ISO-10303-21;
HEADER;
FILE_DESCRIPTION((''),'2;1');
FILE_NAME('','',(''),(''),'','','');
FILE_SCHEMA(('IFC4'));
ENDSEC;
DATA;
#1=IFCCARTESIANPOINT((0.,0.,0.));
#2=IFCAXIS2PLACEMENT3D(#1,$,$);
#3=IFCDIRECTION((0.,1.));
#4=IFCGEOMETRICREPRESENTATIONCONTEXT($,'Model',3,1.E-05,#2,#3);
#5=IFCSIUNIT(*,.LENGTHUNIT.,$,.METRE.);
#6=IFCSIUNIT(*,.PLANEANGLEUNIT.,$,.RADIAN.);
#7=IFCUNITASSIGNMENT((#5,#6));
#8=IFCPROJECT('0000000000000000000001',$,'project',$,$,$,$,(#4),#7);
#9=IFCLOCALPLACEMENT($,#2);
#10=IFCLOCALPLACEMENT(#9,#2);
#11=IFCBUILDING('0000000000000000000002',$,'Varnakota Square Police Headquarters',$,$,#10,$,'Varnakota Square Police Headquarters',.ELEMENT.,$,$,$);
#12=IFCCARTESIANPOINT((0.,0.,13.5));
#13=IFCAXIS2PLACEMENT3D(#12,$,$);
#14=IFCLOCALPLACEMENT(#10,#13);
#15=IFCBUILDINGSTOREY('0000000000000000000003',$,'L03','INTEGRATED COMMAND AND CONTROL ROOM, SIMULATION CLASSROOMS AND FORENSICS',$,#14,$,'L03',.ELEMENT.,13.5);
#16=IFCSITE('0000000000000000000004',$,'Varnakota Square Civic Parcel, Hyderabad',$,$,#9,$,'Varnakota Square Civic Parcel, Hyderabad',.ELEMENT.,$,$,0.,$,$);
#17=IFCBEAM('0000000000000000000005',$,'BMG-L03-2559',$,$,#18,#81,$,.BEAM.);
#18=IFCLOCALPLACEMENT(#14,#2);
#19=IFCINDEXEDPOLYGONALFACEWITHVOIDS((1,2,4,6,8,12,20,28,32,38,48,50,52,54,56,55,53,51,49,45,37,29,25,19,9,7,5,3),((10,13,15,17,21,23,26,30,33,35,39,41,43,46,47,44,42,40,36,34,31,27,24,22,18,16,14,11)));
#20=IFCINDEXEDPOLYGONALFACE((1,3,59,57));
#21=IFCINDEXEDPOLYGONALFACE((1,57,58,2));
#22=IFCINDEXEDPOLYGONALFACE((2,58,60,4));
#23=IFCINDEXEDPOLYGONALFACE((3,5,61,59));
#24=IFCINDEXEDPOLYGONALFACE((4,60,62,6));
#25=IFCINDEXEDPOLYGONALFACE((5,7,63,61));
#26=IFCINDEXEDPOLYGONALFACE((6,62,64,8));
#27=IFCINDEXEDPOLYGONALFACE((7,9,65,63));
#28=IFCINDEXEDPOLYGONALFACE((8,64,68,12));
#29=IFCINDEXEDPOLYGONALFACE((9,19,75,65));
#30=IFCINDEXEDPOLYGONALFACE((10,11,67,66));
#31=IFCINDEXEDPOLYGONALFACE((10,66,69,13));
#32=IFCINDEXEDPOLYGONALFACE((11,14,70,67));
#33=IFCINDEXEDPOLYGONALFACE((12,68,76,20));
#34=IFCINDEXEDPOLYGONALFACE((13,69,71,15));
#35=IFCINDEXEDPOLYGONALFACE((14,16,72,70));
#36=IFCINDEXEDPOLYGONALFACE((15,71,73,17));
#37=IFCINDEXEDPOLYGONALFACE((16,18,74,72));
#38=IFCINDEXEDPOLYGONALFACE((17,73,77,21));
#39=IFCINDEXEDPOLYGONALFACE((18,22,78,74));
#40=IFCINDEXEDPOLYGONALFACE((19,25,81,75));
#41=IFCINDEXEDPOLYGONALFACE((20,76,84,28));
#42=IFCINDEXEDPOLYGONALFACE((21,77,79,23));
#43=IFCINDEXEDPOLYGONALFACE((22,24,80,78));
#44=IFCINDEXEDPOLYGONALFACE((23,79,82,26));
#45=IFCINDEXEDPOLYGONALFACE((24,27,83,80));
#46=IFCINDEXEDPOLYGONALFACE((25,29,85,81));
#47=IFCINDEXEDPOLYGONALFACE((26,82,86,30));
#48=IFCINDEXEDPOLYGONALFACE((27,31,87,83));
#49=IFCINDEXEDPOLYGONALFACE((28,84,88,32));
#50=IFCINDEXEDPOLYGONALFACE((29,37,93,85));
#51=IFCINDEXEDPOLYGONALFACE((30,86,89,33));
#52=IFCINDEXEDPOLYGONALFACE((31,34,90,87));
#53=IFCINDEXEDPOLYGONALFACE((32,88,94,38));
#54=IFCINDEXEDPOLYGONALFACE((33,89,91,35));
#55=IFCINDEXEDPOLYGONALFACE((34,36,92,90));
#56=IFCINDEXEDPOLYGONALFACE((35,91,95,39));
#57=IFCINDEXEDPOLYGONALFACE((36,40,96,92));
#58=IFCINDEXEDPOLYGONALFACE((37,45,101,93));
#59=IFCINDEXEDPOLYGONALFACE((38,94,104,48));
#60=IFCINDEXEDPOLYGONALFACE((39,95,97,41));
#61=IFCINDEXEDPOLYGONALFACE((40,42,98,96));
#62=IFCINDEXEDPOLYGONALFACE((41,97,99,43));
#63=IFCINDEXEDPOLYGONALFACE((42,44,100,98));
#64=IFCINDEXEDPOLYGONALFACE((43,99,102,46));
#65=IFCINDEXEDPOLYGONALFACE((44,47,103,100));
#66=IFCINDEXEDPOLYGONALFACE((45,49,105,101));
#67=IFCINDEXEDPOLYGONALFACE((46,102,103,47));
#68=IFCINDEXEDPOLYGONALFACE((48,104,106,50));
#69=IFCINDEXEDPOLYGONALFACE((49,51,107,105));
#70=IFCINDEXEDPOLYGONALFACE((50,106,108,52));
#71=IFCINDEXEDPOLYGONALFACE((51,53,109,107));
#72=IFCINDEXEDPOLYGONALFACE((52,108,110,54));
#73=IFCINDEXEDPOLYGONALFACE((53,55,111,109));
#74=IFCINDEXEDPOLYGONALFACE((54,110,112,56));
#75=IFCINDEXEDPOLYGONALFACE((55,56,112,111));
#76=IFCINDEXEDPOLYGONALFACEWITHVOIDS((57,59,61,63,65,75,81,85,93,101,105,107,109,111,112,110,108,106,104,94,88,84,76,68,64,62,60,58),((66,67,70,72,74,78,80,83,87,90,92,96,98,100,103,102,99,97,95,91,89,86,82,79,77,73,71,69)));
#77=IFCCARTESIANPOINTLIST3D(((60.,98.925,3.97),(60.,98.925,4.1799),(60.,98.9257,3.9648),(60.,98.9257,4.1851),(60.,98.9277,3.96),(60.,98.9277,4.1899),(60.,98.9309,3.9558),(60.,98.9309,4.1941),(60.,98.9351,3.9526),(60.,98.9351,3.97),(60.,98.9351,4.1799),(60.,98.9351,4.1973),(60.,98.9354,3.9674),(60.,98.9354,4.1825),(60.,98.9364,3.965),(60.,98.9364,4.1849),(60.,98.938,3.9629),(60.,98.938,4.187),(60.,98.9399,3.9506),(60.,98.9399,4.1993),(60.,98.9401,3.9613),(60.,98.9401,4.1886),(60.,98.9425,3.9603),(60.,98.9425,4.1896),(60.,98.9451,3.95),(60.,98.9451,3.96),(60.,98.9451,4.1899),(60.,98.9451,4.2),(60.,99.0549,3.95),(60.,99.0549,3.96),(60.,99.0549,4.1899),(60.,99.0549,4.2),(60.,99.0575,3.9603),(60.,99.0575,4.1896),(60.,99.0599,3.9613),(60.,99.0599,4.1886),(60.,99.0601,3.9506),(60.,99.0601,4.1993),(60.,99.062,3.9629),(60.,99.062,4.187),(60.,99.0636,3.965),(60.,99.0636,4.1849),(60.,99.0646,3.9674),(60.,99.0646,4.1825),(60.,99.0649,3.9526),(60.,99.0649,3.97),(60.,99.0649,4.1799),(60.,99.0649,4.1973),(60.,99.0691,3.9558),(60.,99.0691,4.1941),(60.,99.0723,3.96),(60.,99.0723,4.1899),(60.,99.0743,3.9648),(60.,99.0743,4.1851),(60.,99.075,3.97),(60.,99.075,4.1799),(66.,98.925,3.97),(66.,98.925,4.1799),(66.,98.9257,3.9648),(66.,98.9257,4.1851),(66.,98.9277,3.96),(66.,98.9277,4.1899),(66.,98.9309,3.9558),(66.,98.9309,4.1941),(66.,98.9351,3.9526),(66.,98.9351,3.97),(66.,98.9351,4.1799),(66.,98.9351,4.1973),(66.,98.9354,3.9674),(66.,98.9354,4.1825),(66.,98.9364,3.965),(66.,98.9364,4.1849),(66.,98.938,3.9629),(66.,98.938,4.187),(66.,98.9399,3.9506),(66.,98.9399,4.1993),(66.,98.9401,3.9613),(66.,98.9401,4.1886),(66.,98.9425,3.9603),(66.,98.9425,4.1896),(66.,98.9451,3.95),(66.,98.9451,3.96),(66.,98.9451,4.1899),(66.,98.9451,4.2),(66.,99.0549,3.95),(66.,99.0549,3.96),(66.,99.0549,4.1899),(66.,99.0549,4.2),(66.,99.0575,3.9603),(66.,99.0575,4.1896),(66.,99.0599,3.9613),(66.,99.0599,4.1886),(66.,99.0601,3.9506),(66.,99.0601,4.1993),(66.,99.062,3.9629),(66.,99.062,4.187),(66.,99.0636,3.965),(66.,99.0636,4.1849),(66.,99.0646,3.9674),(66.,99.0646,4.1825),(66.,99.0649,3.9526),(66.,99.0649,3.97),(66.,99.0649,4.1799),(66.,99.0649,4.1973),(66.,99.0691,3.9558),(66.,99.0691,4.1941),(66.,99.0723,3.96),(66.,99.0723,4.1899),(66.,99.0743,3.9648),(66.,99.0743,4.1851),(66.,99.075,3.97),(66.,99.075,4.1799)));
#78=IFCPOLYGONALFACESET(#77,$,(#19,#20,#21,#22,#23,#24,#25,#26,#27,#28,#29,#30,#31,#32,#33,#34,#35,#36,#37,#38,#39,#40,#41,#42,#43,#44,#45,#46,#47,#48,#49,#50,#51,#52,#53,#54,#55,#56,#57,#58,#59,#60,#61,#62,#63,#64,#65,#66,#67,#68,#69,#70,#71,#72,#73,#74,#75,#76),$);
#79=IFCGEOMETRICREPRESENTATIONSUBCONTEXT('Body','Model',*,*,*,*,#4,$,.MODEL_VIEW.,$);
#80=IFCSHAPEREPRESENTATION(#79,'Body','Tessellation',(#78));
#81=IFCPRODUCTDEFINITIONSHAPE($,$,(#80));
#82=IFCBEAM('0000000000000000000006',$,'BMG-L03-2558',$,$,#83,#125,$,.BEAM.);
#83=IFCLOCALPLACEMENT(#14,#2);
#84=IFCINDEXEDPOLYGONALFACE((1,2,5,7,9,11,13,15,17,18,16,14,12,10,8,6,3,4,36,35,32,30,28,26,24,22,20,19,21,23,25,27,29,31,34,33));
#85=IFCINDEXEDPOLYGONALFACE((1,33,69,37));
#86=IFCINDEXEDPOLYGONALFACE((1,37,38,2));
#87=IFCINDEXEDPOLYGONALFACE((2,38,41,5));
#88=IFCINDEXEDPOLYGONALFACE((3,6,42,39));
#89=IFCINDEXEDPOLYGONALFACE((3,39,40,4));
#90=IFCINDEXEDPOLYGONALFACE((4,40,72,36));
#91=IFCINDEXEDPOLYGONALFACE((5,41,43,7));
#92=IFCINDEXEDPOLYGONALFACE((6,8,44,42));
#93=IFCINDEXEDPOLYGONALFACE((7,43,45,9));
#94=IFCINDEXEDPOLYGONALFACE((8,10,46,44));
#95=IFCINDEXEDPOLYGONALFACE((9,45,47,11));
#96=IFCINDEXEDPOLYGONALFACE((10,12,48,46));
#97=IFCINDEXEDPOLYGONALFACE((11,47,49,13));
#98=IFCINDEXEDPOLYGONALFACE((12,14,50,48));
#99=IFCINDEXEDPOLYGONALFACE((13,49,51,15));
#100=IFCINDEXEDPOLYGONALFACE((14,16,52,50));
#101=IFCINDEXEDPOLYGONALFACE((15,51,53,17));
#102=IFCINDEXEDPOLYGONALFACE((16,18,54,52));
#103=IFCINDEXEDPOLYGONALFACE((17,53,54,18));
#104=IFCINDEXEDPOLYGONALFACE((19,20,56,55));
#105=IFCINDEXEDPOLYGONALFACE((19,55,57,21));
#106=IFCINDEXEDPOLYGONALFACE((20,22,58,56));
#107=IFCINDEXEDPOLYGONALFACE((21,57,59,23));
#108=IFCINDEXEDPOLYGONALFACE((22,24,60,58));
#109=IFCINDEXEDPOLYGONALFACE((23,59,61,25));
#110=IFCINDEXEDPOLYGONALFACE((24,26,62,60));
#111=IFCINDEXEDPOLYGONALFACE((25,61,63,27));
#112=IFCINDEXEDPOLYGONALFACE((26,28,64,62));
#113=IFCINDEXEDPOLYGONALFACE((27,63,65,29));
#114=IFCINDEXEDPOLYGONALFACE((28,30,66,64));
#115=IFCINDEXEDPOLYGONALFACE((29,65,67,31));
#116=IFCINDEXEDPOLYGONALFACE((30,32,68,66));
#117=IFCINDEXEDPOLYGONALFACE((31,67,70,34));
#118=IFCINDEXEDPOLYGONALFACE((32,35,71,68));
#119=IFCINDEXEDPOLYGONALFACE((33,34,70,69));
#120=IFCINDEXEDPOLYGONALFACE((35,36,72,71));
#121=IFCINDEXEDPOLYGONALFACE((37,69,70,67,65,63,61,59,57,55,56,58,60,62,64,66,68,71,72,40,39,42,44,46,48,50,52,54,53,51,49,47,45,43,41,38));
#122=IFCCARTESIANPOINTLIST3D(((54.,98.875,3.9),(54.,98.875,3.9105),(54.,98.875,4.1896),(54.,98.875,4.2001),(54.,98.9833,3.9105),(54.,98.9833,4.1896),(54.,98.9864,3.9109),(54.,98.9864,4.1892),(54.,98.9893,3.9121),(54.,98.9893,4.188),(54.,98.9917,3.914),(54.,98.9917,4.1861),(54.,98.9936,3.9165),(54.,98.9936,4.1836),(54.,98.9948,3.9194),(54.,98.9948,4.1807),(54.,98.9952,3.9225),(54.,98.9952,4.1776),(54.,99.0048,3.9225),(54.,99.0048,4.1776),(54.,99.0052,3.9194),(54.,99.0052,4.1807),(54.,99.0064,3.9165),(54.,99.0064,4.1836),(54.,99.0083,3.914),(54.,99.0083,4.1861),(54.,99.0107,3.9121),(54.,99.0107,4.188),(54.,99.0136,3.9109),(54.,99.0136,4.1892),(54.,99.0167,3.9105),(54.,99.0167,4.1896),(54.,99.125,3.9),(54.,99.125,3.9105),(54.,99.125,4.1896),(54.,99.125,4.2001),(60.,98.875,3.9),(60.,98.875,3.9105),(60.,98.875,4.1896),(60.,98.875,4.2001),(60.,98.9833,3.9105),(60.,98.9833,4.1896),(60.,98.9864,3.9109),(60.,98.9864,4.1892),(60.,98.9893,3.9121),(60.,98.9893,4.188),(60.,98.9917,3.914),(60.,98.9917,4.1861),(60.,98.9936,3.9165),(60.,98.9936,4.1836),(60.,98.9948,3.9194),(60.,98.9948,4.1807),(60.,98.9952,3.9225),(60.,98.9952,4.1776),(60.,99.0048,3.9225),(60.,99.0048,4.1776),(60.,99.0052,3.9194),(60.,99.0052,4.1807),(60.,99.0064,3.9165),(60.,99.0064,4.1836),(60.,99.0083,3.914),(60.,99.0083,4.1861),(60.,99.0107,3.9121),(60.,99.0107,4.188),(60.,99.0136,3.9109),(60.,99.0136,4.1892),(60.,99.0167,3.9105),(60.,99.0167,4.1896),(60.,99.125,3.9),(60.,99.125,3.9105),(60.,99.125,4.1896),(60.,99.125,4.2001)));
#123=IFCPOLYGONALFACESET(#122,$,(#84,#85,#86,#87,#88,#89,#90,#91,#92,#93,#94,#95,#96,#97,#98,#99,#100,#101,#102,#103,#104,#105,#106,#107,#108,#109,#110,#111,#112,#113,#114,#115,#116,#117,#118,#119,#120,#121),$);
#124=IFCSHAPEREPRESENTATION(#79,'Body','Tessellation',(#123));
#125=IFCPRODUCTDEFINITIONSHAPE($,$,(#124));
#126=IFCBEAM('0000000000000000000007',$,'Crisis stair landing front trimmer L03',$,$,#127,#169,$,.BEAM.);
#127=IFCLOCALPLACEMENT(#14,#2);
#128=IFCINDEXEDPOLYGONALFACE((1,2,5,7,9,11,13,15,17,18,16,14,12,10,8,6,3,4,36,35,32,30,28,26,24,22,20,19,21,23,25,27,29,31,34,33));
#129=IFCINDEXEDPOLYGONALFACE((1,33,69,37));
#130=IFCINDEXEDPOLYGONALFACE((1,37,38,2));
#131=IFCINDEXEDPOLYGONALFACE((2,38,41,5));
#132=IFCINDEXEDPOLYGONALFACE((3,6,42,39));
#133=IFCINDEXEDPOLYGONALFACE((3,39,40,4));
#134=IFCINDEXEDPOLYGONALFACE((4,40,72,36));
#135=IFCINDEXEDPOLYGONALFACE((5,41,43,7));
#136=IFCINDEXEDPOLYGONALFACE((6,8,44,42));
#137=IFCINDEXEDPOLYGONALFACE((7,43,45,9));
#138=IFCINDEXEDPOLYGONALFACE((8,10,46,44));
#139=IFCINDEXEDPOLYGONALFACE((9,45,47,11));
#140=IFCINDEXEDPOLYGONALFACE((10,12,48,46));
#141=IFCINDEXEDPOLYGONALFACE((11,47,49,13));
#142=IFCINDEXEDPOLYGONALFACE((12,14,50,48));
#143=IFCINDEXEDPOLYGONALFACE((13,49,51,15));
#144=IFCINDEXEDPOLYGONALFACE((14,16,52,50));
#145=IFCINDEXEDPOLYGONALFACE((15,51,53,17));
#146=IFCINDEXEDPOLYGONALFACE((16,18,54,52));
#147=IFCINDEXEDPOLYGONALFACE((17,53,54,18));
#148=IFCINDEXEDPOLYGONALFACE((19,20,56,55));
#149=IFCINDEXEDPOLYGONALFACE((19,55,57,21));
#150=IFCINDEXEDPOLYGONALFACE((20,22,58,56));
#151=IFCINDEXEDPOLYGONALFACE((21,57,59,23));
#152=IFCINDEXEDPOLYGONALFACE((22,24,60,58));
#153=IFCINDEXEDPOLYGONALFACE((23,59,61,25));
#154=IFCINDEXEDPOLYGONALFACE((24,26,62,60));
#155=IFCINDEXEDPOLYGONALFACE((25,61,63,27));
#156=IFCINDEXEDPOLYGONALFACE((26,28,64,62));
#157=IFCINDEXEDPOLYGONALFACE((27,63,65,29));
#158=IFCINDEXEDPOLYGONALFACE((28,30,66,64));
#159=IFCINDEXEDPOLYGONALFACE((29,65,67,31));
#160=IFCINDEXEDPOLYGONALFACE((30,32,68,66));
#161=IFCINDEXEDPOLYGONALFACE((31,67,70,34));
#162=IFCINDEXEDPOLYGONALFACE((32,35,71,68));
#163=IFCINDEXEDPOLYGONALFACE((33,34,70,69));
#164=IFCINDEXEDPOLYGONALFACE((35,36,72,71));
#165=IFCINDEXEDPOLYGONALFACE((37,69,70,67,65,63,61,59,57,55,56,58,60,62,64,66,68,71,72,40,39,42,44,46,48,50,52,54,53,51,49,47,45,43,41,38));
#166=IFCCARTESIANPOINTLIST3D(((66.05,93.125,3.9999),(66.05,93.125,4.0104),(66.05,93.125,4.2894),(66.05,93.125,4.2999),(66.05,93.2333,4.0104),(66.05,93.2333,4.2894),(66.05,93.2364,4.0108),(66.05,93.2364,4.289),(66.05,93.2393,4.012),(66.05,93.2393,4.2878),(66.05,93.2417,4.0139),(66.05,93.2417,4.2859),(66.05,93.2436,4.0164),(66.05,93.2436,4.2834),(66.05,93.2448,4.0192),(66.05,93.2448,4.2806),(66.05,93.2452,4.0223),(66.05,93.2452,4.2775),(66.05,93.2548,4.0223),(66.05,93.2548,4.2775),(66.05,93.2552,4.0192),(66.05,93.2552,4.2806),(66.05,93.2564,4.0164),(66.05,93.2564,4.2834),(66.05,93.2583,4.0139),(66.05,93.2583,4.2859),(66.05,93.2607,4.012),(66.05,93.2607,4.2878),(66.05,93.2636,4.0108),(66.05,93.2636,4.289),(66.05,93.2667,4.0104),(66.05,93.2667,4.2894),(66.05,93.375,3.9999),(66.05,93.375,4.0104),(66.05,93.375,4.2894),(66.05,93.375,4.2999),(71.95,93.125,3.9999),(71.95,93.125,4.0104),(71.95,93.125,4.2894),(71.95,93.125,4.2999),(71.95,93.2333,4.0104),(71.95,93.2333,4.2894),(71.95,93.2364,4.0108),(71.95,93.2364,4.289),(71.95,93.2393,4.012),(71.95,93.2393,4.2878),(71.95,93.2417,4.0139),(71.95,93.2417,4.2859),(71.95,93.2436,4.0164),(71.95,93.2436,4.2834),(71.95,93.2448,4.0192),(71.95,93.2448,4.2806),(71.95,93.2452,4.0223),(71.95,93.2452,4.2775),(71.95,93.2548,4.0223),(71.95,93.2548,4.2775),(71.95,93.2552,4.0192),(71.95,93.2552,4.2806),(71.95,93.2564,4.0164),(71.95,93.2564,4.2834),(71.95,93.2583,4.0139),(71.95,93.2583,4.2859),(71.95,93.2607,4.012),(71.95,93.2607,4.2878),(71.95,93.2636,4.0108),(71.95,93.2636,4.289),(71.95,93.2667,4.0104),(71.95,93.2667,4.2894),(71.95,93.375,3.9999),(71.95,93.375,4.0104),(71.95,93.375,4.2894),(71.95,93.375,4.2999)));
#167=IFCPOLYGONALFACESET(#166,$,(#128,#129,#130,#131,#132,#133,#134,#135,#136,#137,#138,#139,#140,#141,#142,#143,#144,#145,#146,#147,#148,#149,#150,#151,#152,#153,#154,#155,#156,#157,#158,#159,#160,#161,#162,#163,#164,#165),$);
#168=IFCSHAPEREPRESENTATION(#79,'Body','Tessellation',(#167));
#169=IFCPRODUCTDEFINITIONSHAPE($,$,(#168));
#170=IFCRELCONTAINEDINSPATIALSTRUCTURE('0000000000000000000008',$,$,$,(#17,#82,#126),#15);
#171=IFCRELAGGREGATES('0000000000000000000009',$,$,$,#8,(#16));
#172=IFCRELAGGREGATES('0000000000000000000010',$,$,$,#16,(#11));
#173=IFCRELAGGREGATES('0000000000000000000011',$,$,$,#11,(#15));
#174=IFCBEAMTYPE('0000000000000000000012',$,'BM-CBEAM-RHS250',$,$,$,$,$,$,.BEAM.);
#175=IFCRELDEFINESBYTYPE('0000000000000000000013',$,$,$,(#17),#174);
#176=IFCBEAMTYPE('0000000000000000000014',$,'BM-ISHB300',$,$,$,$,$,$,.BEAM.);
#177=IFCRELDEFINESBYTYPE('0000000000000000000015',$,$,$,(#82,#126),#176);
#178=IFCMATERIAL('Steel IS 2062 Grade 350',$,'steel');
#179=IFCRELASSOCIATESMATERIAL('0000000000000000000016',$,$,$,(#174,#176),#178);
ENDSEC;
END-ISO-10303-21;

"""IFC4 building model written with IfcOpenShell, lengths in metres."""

from ifc_helpers import new_model, si_unit, direction, frame, origin, origin_2d, place, context, subcontext, project, spatial, hollow_rectangle, i_section, extrude, material, material_profile, profile_set, type_object, element, save


model = new_model("IFC4")

# Units and contexts
model_context = context("Model", 3, precision=1e-05, world=origin(), true_north=direction((0.0, 1.0)))
body_context = subcontext(model_context, "Body", "Model", "MODEL_VIEW")
ifc_project = project(units=[si_unit("LENGTHUNIT", "METRE"), si_unit("PLANEANGLEUNIT", "RADIAN")], contexts=[model_context])

# Site, building, storey
site_placement = place(None, origin())
site = spatial("IfcSite", under=ifc_project, at=site_placement, Name="Varnakota Square Civic Parcel, Hyderabad", LongName="Varnakota Square Civic Parcel, Hyderabad", CompositionType="ELEMENT", RefElevation=0.0)
building_placement = place(site_placement, origin())
building = spatial("IfcBuilding", under=site, at=building_placement, Name="Varnakota Square Police Headquarters", LongName="Varnakota Square Police Headquarters", CompositionType="ELEMENT")
storey_placement = place(building_placement, frame((0.0, 0.0, 13.5)))
storey = spatial("IfcBuildingStorey", under=building, at=storey_placement, Name="L03", Description="INTEGRATED COMMAND AND CONTROL ROOM, SIMULATION CLASSROOMS AND FORENSICS", LongName="L03", CompositionType="ELEMENT", Elevation=13.5)

# Shared definitions
ifc_material_1 = material(Name="Steel IS 2062 Grade 350", Category="steel")

# Beams
ifc_material_profile_1 = material_profile(ifc_material_1, hollow_rectangle(XDim=0.1499, YDim=0.25, WallThickness=0.01, InnerFilletRadius=0.01, OuterFilletRadius=0.02, at=origin_2d()), Name="RHS 250x150x10")
ifc_profile_set_1 = profile_set([ifc_material_profile_1], Name="Steel IS 2062 Grade 350")
beam_type_1 = type_object("IfcBeamType", Name="BM-CBEAM-RHS250", PredefinedType="BEAM", material=ifc_profile_set_1)
beam_1_placement = place(storey_placement, frame((60.0, 99.0, 4.075), z_axis=(1.0, 0.0, 0.0), x_axis=(0.0, 1.0, 0.0)))
element("IfcBeam", 1, at=beam_1_placement, inside=storey, type_object=beam_type_1, Name="BMG-L03-2559", PredefinedType="BEAM", context=body_context, shape_type="SweptSolid", body=[
    extrude(hollow_rectangle(XDim=0.1499, YDim=0.25, WallThickness=0.01, InnerFilletRadius=0.01, OuterFilletRadius=0.02, at=origin_2d()), origin(), (0.0, 0.0, 1.0), 6.0),
])
ifc_material_profile_2 = material_profile(ifc_material_1, i_section(OverallWidth=0.25, OverallDepth=0.3, WebThickness=0.0095, FlangeThickness=0.0105, FilletRadius=0.012, at=origin_2d()), Name="ISHB 300")
ifc_profile_set_2 = profile_set([ifc_material_profile_2], Name="Steel IS 2062 Grade 350")
beam_type_2 = type_object("IfcBeamType", Name="BM-ISHB300", PredefinedType="BEAM", material=ifc_profile_set_2)
beam_2_placement = place(storey_placement, frame((54.0, 99.0, 4.05), z_axis=(1.0, 0.0, 0.0), x_axis=(0.0, 1.0, 0.0)))
element("IfcBeam", 2, at=beam_2_placement, inside=storey, type_object=beam_type_2, Name="BMG-L03-2558", PredefinedType="BEAM", context=body_context, shape_type="SweptSolid", body=[
    extrude(i_section(OverallWidth=0.25, OverallDepth=0.3, WebThickness=0.0095, FlangeThickness=0.0105, FilletRadius=0.012, at=origin_2d()), origin(), (0.0, 0.0, 1.0), 6.0),
])
for number, where, z_axis, x_axis, name in (
    (3, (66.05, 93.25, 4.1499), (1.0, 0.0, 0.0), (0.0, 1.0, 0.0), "Crisis stair landing front trimmer L03"),
):
    element("IfcBeam", number, at=place(storey_placement, frame(where, z_axis=z_axis, x_axis=x_axis)), inside=storey, type_object=beam_type_2, Name=name, PredefinedType="BEAM", context=body_context, shape_type="SweptSolid", body=[
        extrude(i_section(OverallWidth=0.25, OverallDepth=0.3, WebThickness=0.0095, FlangeThickness=0.0105, FilletRadius=0.012, at=origin_2d()), origin(), (0.0, 0.0, 1.0), 5.8999),
    ])

save(model, "model.ifc")
